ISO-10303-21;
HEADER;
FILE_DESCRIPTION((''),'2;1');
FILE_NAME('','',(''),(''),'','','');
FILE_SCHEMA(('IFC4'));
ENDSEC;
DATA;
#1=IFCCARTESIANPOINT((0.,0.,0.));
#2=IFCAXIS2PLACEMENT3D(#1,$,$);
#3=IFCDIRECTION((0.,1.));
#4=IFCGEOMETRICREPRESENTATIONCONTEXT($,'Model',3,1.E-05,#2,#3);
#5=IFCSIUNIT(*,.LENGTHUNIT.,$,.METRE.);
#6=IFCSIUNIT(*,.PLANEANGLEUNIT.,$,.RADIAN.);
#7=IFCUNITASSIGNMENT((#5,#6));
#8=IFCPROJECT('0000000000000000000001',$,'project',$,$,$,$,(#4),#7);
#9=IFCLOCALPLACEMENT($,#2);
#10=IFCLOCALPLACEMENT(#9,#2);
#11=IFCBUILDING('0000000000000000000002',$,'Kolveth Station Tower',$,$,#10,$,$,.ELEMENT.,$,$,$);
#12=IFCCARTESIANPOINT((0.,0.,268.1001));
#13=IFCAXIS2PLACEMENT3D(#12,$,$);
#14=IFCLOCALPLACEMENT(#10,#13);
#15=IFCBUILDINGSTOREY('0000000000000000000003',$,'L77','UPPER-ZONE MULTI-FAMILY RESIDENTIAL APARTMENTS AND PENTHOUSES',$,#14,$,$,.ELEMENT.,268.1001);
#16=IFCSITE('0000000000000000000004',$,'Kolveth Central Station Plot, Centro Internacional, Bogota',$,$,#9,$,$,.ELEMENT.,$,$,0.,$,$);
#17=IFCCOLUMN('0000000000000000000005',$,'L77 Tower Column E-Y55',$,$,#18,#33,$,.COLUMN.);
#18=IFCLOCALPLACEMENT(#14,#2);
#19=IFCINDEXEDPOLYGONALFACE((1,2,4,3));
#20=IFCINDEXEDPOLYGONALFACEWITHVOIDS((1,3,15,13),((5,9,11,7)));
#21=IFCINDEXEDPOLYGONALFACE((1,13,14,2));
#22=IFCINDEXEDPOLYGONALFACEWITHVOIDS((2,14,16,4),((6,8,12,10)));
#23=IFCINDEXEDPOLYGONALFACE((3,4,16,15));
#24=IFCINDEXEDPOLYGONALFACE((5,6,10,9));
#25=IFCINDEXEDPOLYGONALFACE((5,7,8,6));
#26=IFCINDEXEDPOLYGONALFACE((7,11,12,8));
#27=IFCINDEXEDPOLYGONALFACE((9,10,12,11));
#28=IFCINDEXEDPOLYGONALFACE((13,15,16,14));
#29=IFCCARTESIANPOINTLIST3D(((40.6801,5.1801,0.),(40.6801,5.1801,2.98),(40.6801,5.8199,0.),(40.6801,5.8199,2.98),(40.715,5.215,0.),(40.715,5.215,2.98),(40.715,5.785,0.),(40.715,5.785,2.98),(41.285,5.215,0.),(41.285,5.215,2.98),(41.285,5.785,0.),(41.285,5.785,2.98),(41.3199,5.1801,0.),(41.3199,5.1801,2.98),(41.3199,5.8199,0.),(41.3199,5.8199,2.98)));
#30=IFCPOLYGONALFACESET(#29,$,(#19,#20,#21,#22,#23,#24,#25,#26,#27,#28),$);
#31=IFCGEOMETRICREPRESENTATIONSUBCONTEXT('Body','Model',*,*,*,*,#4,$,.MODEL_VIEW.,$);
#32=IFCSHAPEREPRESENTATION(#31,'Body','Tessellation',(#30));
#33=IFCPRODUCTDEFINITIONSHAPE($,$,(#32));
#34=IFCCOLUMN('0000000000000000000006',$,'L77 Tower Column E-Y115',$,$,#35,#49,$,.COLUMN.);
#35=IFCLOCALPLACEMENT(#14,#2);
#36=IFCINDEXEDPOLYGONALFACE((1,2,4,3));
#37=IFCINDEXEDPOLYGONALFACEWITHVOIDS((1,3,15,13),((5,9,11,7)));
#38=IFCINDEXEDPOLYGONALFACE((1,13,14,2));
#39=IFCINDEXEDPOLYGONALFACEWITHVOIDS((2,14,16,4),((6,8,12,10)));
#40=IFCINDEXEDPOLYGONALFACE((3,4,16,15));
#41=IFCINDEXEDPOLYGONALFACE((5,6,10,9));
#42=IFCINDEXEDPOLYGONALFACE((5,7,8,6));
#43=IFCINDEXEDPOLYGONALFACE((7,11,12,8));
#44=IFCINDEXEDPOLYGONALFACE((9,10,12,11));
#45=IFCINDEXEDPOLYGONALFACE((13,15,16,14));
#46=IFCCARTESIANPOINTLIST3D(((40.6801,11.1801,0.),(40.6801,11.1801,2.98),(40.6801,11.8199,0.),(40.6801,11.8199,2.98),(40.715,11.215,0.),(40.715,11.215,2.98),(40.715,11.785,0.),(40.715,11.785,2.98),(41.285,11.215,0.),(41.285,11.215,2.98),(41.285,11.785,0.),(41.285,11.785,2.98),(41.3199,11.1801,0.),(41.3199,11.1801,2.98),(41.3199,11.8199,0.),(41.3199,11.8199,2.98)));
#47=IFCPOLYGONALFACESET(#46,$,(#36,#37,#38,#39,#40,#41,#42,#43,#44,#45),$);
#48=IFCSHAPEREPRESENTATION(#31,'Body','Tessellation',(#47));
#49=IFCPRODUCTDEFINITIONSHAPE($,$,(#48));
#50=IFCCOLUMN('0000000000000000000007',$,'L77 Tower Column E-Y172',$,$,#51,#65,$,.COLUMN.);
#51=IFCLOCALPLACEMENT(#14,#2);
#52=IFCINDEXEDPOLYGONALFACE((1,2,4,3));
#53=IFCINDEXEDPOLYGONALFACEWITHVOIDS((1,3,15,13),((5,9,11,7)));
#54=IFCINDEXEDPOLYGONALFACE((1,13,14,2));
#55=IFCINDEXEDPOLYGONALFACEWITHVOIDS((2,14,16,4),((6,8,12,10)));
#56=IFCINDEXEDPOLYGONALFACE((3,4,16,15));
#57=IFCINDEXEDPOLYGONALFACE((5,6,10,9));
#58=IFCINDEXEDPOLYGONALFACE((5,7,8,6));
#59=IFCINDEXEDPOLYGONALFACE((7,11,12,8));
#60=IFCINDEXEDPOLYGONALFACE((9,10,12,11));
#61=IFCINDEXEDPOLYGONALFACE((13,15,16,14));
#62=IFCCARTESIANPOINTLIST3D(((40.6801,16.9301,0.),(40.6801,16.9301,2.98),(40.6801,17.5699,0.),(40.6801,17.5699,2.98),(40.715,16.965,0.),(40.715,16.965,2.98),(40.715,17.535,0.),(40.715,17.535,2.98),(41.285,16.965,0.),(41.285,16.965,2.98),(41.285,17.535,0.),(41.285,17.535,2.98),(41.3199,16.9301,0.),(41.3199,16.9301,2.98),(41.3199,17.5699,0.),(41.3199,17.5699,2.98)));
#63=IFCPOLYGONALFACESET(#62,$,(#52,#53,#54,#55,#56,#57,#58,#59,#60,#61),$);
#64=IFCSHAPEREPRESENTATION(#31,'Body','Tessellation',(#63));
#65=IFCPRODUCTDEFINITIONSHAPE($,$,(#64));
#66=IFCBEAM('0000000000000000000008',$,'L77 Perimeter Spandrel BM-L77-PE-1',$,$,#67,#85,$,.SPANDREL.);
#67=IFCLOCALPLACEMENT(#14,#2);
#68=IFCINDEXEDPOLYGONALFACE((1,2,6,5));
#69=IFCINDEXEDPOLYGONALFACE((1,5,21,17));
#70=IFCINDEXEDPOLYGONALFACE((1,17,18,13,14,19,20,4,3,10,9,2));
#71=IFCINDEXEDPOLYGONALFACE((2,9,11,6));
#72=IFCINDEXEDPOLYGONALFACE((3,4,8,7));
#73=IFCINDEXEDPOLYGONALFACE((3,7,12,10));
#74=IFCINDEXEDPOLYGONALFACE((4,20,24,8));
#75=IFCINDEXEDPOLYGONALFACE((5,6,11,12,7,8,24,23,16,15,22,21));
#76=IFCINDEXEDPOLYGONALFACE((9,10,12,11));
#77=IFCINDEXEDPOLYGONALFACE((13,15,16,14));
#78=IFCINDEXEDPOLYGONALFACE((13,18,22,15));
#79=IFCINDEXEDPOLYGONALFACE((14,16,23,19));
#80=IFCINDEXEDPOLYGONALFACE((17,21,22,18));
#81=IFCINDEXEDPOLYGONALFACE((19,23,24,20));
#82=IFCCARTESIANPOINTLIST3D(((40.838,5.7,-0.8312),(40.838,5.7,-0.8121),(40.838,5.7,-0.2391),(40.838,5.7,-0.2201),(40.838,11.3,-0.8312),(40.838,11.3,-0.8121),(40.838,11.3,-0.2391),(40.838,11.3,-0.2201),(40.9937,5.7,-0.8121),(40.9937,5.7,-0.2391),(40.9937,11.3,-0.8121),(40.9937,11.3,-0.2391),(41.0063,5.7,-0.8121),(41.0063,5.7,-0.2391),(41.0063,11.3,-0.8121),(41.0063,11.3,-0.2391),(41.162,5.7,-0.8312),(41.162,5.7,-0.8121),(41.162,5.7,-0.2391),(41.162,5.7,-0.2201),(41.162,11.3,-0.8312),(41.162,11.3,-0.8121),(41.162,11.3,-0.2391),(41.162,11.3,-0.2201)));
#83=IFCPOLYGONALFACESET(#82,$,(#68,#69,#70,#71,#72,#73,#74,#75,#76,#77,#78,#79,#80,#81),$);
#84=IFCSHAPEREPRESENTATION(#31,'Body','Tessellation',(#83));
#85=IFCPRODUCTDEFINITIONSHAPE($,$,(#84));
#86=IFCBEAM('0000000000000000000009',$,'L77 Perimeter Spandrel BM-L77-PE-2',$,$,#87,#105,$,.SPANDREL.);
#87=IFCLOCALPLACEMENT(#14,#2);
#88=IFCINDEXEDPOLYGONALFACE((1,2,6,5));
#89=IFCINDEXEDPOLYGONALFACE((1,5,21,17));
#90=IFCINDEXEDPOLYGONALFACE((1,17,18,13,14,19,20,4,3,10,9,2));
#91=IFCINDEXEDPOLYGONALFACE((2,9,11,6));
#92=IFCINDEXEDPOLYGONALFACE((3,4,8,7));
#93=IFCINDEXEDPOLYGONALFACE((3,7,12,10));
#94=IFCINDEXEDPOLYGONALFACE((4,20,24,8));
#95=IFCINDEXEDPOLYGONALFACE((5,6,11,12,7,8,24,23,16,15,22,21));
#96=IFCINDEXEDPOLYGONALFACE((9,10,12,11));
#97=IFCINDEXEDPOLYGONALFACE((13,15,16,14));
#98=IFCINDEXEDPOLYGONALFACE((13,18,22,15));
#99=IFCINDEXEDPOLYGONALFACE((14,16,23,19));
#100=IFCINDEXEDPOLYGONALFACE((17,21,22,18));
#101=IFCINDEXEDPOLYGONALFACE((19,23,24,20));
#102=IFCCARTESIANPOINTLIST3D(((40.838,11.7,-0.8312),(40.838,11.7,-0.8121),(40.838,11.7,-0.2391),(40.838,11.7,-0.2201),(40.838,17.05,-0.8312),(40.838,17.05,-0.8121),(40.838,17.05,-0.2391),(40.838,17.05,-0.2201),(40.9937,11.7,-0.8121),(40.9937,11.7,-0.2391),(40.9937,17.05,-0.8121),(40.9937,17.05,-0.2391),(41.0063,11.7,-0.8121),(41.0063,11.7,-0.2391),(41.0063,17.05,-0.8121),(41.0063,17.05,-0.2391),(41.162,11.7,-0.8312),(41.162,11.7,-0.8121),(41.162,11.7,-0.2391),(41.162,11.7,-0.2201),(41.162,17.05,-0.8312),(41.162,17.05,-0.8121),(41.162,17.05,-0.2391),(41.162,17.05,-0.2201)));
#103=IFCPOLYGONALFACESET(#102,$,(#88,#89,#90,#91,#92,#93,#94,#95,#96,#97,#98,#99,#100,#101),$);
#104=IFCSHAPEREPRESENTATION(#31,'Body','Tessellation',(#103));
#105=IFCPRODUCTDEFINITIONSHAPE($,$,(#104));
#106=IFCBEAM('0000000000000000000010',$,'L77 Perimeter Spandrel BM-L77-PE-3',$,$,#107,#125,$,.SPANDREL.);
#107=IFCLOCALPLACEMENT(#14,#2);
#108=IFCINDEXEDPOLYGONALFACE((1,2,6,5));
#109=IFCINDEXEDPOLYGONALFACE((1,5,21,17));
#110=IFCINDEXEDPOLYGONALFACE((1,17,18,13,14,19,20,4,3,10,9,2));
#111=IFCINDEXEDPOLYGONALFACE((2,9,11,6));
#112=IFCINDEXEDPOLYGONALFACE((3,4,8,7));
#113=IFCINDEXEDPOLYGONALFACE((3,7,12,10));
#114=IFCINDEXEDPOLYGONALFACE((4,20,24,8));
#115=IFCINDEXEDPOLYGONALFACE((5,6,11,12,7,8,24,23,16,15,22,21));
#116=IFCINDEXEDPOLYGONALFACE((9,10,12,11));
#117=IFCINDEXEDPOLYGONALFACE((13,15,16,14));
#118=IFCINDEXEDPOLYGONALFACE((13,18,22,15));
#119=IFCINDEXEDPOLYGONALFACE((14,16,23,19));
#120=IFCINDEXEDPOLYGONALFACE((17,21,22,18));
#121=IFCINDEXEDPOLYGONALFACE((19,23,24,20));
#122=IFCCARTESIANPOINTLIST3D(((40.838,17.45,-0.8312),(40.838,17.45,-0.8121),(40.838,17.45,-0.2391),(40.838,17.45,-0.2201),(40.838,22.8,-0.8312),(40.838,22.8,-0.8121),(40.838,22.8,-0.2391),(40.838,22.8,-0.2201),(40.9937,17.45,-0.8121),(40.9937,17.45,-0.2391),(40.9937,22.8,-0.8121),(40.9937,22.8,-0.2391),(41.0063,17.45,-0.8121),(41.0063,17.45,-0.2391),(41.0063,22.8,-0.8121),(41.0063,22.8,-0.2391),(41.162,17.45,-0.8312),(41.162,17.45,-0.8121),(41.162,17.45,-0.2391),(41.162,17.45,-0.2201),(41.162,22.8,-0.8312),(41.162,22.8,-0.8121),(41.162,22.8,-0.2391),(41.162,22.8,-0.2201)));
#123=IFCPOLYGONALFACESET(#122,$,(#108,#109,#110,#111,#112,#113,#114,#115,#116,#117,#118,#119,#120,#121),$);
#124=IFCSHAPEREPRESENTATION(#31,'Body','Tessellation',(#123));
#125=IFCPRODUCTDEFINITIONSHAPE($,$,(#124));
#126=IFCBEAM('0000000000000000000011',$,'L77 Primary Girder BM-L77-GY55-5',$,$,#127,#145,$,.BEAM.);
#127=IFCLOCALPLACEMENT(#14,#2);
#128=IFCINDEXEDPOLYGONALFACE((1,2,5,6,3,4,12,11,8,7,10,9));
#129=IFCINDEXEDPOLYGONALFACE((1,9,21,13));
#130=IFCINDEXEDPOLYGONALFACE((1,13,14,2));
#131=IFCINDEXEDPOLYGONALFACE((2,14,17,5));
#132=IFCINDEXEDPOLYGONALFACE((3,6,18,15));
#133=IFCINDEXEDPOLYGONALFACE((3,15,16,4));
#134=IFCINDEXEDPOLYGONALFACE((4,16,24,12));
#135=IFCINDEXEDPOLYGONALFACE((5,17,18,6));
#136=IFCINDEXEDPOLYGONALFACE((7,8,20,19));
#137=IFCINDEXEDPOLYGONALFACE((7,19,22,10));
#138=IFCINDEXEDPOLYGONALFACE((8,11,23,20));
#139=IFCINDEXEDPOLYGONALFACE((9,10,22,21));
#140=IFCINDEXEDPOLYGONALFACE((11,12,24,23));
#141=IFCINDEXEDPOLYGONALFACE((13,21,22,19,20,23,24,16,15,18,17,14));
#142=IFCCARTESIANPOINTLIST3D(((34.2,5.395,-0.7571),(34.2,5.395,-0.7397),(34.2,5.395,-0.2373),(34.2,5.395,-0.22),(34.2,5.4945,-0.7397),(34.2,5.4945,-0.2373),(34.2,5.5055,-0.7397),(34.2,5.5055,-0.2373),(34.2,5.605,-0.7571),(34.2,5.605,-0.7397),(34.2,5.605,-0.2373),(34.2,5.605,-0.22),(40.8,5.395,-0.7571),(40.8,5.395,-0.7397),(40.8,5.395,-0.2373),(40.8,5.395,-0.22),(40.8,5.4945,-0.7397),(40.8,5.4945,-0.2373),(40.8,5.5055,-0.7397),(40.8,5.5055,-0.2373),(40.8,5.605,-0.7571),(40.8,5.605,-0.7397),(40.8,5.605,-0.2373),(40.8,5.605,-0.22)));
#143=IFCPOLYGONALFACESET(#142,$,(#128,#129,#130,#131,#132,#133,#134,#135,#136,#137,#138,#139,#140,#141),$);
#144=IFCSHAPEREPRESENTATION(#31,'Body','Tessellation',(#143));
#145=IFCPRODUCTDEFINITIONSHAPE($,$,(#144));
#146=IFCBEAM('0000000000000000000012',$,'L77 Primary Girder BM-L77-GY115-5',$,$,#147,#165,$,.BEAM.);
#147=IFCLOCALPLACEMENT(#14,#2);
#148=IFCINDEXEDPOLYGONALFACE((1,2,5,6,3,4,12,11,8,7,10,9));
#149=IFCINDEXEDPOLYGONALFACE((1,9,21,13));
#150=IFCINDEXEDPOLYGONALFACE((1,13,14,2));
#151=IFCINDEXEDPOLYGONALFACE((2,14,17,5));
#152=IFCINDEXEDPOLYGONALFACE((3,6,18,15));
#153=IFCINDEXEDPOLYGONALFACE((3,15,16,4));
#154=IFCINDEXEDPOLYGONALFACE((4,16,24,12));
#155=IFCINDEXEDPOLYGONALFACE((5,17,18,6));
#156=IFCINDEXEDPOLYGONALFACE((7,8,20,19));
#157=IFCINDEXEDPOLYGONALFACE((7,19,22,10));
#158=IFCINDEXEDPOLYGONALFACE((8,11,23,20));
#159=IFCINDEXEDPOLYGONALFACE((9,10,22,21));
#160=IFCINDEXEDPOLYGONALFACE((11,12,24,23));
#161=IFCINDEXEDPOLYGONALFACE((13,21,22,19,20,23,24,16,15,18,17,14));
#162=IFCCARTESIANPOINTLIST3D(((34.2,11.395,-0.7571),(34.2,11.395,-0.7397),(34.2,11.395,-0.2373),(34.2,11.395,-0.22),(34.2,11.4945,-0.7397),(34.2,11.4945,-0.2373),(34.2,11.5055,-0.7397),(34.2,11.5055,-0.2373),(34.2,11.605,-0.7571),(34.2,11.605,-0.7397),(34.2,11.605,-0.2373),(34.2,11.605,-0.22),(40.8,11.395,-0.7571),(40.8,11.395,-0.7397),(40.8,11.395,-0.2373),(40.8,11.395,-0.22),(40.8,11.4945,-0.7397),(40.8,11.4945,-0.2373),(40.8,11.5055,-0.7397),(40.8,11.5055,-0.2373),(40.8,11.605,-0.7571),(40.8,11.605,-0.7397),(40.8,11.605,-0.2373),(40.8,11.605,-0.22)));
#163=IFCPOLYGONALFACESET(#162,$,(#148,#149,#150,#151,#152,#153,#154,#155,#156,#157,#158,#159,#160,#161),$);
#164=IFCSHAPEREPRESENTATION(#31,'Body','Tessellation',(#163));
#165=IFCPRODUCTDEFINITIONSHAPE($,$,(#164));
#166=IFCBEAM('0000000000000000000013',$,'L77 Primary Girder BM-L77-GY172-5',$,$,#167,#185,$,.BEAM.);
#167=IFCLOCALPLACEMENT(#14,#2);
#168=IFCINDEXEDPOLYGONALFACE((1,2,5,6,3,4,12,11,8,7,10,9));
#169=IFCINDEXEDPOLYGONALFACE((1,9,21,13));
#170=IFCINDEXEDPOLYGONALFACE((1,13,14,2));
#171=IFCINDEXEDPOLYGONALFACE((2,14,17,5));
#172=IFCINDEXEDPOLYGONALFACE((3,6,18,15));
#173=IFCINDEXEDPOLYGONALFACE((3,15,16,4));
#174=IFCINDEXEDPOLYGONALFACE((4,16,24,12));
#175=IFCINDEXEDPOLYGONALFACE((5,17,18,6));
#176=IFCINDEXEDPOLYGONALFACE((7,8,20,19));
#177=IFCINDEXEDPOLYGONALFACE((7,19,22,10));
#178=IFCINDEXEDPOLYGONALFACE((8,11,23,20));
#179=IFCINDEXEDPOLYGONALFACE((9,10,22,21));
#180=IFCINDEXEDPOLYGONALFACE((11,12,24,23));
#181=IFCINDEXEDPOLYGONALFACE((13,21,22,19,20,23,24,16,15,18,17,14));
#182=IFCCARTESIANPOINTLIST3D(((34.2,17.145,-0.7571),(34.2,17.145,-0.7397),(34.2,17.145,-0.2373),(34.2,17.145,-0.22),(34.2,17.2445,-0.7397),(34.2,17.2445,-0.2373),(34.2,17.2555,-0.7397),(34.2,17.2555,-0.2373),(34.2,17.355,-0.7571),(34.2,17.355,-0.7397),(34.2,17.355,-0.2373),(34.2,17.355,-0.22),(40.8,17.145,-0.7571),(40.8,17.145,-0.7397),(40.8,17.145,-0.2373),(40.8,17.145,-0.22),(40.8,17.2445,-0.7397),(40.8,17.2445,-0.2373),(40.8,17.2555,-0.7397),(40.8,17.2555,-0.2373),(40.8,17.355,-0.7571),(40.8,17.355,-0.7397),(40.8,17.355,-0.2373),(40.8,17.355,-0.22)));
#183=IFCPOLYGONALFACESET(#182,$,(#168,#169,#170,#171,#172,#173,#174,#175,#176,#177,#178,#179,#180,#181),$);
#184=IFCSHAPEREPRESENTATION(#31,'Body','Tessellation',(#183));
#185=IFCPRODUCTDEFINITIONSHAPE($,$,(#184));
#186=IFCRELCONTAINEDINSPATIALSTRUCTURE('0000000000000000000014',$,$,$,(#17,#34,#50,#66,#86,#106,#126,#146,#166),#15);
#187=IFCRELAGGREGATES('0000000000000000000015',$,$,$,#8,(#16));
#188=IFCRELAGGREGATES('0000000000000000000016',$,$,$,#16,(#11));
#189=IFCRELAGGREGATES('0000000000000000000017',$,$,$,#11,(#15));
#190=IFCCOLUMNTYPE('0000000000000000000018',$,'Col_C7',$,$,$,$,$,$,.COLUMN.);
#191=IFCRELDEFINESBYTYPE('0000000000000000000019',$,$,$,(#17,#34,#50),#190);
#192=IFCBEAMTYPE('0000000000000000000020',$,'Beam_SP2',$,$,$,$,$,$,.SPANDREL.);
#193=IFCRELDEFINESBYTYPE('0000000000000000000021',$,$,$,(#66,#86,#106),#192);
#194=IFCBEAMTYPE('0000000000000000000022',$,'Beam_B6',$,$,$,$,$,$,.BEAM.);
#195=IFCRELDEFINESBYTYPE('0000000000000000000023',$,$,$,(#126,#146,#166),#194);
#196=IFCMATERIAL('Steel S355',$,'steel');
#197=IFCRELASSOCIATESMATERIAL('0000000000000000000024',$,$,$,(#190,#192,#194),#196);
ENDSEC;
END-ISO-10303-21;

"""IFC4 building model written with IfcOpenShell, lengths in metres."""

from ifc_helpers import new_model, si_unit, direction, frame, origin, origin_2d, place, context, subcontext, project, spatial, hollow_rectangle, i_section, extrude, source, transform, mapped, material, material_profile, profile_set, type_object, element, save


model = new_model("IFC4")

# Units and contexts
model_context = context("Model", 3, precision=1e-05, world=origin(), true_north=direction((0.0, 1.0)))
body_context = subcontext(model_context, "Body", "Model", "MODEL_VIEW")
ifc_project = project(units=[si_unit("LENGTHUNIT", "METRE"), si_unit("PLANEANGLEUNIT", "RADIAN")], contexts=[model_context])

# Site, building, storey
site_placement = place(None, origin())
site = spatial("IfcSite", under=ifc_project, at=site_placement, Name="Kolveth Central Station Plot, Centro Internacional, Bogota", CompositionType="ELEMENT", RefElevation=0.0)
building_placement = place(site_placement, origin())
building = spatial("IfcBuilding", under=site, at=building_placement, Name="Kolveth Station Tower", CompositionType="ELEMENT")
storey_placement = place(building_placement, frame((0.0, 0.0, 268.1001)))
storey = spatial("IfcBuildingStorey", under=building, at=storey_placement, Name="L77", Description="UPPER-ZONE MULTI-FAMILY RESIDENTIAL APARTMENTS AND PENTHOUSES", CompositionType="ELEMENT", Elevation=268.1001)

# Columns
ifc_material_1 = material(Name="Steel S355", Category="steel")
ifc_material_profile_1 = material_profile(ifc_material_1, hollow_rectangle(XDim=0.6399, YDim=0.6399, WallThickness=0.0349, at=origin_2d()), Name="BOX640x640x35")
ifc_profile_set_1 = profile_set([ifc_material_profile_1], Name="Steel S355")
column_type = type_object("IfcColumnType", Name="Col_C7", PredefinedType="COLUMN", material=ifc_profile_set_1)
shared_shape_1 = source(origin(), body_context, "Body", "SweptSolid", [
    extrude(hollow_rectangle(XDim=0.6399, YDim=0.6399, WallThickness=0.0349, at=origin_2d()), origin(), (0.0, 0.0, 1.0), 2.98),
])
for number, where, z_axis, x_axis, name in (
    (1, (41.0, 5.5, 0.0), (0.0, 0.0, 1.0), (1.0, 0.0, 0.0), "L77 Tower Column E-Y55"),
    (2, (41.0, 11.5, 0.0), (0.0, 0.0, 1.0), (1.0, 0.0, 0.0), "L77 Tower Column E-Y115"),
    (3, (41.0, 17.25, 0.0), (0.0, 0.0, 1.0), (1.0, 0.0, 0.0), "L77 Tower Column E-Y172"),
):
    element("IfcColumn", number, at=place(storey_placement, frame(where, z_axis=z_axis, x_axis=x_axis)), inside=storey, type_object=column_type, Name=name, PredefinedType="COLUMN", context=body_context, shape_type="MappedRepresentation", body=[
        mapped(shared_shape_1, transform((0.0, 0.0, 0.0), x_axis=(1.0, 0.0, 0.0), y_axis=(0.0, 1.0, 0.0), z_axis=(0.0, 0.0, 1.0), scale=1.0)),
    ])

# Beams
ifc_material_profile_2 = material_profile(ifc_material_1, i_section(OverallWidth=0.324, OverallDepth=0.6111, WebThickness=0.0127, FlangeThickness=0.019, at=origin_2d()), Name="W610x155")
ifc_profile_set_2 = profile_set([ifc_material_profile_2], Name="Steel S355")
beam_type_1 = type_object("IfcBeamType", Name="Beam_SP2", PredefinedType="SPANDREL", material=ifc_profile_set_2)
shared_shape_2 = source(origin(), body_context, "Body", "SweptSolid", [
    extrude(i_section(OverallWidth=0.324, OverallDepth=0.6111, WebThickness=0.0127, FlangeThickness=0.019, at=origin_2d()), origin(), (0.0, 0.0, 1.0), 5.6001),
])
beam_1_placement = place(storey_placement, frame((41.0, 5.7, -0.5256), z_axis=(0.0, 1.0, 0.0), x_axis=(-1.0, 0.0, 0.0)))
element("IfcBeam", 4, at=beam_1_placement, inside=storey, type_object=beam_type_1, Name="L77 Perimeter Spandrel BM-L77-PE-1", PredefinedType="SPANDREL", context=body_context, shape_type="MappedRepresentation", body=[
    mapped(shared_shape_2, transform((0.0, 0.0, 0.0), x_axis=(1.0, 0.0, 0.0), y_axis=(0.0, 1.0, 0.0), z_axis=(0.0, 0.0, 1.0), scale=1.0)),
])
shared_shape_3 = source(origin(), body_context, "Body", "SweptSolid", [
    extrude(i_section(OverallWidth=0.324, OverallDepth=0.6111, WebThickness=0.0127, FlangeThickness=0.019, at=origin_2d()), origin(), (0.0, 0.0, 1.0), 5.3501),
])
for number, where, z_axis, x_axis, name in (
    (5, (41.0, 11.7, -0.5256), (0.0, 1.0, 0.0), (-1.0, 0.0, 0.0), "L77 Perimeter Spandrel BM-L77-PE-2"),
    (6, (41.0, 17.45, -0.5256), (0.0, 1.0, 0.0), (-1.0, 0.0, 0.0), "L77 Perimeter Spandrel BM-L77-PE-3"),
):
    element("IfcBeam", number, at=place(storey_placement, frame(where, z_axis=z_axis, x_axis=x_axis)), inside=storey, type_object=beam_type_1, Name=name, PredefinedType="SPANDREL", context=body_context, shape_type="MappedRepresentation", body=[
        mapped(shared_shape_3, transform((0.0, 0.0, 0.0), x_axis=(1.0, 0.0, 0.0), y_axis=(0.0, 1.0, 0.0), z_axis=(0.0, 0.0, 1.0), scale=1.0)),
    ])
ifc_material_profile_3 = material_profile(ifc_material_1, i_section(OverallWidth=0.21, OverallDepth=0.5371, WebThickness=0.011, FlangeThickness=0.0173, at=origin_2d()), Name="W530x101")
ifc_profile_set_3 = profile_set([ifc_material_profile_3], Name="Steel S355")
beam_type_2 = type_object("IfcBeamType", Name="Beam_B6", PredefinedType="BEAM", material=ifc_profile_set_3)
shared_shape_4 = source(origin(), body_context, "Body", "SweptSolid", [
    extrude(i_section(OverallWidth=0.21, OverallDepth=0.5371, WebThickness=0.011, FlangeThickness=0.0173, at=origin_2d()), origin(), (0.0, 0.0, 1.0), 6.6001),
])
for number, where, z_axis, x_axis, name in (
    (7, (34.2, 5.5, -0.4885), (1.0, 0.0, 0.0), (0.0, 1.0, 0.0), "L77 Primary Girder BM-L77-GY55-5"),
    (8, (34.2, 11.5, -0.4885), (1.0, 0.0, 0.0), (0.0, 1.0, 0.0), "L77 Primary Girder BM-L77-GY115-5"),
    (9, (34.2, 17.25, -0.4885), (1.0, 0.0, 0.0), (0.0, 1.0, 0.0), "L77 Primary Girder BM-L77-GY172-5"),
):
    element("IfcBeam", number, at=place(storey_placement, frame(where, z_axis=z_axis, x_axis=x_axis)), inside=storey, type_object=beam_type_2, Name=name, PredefinedType="BEAM", context=body_context, shape_type="MappedRepresentation", body=[
        mapped(shared_shape_4, transform((0.0, 0.0, 0.0), x_axis=(1.0, 0.0, 0.0), y_axis=(0.0, 1.0, 0.0), z_axis=(0.0, 0.0, 1.0), scale=1.0)),
    ])

save(model, "model.ifc")
